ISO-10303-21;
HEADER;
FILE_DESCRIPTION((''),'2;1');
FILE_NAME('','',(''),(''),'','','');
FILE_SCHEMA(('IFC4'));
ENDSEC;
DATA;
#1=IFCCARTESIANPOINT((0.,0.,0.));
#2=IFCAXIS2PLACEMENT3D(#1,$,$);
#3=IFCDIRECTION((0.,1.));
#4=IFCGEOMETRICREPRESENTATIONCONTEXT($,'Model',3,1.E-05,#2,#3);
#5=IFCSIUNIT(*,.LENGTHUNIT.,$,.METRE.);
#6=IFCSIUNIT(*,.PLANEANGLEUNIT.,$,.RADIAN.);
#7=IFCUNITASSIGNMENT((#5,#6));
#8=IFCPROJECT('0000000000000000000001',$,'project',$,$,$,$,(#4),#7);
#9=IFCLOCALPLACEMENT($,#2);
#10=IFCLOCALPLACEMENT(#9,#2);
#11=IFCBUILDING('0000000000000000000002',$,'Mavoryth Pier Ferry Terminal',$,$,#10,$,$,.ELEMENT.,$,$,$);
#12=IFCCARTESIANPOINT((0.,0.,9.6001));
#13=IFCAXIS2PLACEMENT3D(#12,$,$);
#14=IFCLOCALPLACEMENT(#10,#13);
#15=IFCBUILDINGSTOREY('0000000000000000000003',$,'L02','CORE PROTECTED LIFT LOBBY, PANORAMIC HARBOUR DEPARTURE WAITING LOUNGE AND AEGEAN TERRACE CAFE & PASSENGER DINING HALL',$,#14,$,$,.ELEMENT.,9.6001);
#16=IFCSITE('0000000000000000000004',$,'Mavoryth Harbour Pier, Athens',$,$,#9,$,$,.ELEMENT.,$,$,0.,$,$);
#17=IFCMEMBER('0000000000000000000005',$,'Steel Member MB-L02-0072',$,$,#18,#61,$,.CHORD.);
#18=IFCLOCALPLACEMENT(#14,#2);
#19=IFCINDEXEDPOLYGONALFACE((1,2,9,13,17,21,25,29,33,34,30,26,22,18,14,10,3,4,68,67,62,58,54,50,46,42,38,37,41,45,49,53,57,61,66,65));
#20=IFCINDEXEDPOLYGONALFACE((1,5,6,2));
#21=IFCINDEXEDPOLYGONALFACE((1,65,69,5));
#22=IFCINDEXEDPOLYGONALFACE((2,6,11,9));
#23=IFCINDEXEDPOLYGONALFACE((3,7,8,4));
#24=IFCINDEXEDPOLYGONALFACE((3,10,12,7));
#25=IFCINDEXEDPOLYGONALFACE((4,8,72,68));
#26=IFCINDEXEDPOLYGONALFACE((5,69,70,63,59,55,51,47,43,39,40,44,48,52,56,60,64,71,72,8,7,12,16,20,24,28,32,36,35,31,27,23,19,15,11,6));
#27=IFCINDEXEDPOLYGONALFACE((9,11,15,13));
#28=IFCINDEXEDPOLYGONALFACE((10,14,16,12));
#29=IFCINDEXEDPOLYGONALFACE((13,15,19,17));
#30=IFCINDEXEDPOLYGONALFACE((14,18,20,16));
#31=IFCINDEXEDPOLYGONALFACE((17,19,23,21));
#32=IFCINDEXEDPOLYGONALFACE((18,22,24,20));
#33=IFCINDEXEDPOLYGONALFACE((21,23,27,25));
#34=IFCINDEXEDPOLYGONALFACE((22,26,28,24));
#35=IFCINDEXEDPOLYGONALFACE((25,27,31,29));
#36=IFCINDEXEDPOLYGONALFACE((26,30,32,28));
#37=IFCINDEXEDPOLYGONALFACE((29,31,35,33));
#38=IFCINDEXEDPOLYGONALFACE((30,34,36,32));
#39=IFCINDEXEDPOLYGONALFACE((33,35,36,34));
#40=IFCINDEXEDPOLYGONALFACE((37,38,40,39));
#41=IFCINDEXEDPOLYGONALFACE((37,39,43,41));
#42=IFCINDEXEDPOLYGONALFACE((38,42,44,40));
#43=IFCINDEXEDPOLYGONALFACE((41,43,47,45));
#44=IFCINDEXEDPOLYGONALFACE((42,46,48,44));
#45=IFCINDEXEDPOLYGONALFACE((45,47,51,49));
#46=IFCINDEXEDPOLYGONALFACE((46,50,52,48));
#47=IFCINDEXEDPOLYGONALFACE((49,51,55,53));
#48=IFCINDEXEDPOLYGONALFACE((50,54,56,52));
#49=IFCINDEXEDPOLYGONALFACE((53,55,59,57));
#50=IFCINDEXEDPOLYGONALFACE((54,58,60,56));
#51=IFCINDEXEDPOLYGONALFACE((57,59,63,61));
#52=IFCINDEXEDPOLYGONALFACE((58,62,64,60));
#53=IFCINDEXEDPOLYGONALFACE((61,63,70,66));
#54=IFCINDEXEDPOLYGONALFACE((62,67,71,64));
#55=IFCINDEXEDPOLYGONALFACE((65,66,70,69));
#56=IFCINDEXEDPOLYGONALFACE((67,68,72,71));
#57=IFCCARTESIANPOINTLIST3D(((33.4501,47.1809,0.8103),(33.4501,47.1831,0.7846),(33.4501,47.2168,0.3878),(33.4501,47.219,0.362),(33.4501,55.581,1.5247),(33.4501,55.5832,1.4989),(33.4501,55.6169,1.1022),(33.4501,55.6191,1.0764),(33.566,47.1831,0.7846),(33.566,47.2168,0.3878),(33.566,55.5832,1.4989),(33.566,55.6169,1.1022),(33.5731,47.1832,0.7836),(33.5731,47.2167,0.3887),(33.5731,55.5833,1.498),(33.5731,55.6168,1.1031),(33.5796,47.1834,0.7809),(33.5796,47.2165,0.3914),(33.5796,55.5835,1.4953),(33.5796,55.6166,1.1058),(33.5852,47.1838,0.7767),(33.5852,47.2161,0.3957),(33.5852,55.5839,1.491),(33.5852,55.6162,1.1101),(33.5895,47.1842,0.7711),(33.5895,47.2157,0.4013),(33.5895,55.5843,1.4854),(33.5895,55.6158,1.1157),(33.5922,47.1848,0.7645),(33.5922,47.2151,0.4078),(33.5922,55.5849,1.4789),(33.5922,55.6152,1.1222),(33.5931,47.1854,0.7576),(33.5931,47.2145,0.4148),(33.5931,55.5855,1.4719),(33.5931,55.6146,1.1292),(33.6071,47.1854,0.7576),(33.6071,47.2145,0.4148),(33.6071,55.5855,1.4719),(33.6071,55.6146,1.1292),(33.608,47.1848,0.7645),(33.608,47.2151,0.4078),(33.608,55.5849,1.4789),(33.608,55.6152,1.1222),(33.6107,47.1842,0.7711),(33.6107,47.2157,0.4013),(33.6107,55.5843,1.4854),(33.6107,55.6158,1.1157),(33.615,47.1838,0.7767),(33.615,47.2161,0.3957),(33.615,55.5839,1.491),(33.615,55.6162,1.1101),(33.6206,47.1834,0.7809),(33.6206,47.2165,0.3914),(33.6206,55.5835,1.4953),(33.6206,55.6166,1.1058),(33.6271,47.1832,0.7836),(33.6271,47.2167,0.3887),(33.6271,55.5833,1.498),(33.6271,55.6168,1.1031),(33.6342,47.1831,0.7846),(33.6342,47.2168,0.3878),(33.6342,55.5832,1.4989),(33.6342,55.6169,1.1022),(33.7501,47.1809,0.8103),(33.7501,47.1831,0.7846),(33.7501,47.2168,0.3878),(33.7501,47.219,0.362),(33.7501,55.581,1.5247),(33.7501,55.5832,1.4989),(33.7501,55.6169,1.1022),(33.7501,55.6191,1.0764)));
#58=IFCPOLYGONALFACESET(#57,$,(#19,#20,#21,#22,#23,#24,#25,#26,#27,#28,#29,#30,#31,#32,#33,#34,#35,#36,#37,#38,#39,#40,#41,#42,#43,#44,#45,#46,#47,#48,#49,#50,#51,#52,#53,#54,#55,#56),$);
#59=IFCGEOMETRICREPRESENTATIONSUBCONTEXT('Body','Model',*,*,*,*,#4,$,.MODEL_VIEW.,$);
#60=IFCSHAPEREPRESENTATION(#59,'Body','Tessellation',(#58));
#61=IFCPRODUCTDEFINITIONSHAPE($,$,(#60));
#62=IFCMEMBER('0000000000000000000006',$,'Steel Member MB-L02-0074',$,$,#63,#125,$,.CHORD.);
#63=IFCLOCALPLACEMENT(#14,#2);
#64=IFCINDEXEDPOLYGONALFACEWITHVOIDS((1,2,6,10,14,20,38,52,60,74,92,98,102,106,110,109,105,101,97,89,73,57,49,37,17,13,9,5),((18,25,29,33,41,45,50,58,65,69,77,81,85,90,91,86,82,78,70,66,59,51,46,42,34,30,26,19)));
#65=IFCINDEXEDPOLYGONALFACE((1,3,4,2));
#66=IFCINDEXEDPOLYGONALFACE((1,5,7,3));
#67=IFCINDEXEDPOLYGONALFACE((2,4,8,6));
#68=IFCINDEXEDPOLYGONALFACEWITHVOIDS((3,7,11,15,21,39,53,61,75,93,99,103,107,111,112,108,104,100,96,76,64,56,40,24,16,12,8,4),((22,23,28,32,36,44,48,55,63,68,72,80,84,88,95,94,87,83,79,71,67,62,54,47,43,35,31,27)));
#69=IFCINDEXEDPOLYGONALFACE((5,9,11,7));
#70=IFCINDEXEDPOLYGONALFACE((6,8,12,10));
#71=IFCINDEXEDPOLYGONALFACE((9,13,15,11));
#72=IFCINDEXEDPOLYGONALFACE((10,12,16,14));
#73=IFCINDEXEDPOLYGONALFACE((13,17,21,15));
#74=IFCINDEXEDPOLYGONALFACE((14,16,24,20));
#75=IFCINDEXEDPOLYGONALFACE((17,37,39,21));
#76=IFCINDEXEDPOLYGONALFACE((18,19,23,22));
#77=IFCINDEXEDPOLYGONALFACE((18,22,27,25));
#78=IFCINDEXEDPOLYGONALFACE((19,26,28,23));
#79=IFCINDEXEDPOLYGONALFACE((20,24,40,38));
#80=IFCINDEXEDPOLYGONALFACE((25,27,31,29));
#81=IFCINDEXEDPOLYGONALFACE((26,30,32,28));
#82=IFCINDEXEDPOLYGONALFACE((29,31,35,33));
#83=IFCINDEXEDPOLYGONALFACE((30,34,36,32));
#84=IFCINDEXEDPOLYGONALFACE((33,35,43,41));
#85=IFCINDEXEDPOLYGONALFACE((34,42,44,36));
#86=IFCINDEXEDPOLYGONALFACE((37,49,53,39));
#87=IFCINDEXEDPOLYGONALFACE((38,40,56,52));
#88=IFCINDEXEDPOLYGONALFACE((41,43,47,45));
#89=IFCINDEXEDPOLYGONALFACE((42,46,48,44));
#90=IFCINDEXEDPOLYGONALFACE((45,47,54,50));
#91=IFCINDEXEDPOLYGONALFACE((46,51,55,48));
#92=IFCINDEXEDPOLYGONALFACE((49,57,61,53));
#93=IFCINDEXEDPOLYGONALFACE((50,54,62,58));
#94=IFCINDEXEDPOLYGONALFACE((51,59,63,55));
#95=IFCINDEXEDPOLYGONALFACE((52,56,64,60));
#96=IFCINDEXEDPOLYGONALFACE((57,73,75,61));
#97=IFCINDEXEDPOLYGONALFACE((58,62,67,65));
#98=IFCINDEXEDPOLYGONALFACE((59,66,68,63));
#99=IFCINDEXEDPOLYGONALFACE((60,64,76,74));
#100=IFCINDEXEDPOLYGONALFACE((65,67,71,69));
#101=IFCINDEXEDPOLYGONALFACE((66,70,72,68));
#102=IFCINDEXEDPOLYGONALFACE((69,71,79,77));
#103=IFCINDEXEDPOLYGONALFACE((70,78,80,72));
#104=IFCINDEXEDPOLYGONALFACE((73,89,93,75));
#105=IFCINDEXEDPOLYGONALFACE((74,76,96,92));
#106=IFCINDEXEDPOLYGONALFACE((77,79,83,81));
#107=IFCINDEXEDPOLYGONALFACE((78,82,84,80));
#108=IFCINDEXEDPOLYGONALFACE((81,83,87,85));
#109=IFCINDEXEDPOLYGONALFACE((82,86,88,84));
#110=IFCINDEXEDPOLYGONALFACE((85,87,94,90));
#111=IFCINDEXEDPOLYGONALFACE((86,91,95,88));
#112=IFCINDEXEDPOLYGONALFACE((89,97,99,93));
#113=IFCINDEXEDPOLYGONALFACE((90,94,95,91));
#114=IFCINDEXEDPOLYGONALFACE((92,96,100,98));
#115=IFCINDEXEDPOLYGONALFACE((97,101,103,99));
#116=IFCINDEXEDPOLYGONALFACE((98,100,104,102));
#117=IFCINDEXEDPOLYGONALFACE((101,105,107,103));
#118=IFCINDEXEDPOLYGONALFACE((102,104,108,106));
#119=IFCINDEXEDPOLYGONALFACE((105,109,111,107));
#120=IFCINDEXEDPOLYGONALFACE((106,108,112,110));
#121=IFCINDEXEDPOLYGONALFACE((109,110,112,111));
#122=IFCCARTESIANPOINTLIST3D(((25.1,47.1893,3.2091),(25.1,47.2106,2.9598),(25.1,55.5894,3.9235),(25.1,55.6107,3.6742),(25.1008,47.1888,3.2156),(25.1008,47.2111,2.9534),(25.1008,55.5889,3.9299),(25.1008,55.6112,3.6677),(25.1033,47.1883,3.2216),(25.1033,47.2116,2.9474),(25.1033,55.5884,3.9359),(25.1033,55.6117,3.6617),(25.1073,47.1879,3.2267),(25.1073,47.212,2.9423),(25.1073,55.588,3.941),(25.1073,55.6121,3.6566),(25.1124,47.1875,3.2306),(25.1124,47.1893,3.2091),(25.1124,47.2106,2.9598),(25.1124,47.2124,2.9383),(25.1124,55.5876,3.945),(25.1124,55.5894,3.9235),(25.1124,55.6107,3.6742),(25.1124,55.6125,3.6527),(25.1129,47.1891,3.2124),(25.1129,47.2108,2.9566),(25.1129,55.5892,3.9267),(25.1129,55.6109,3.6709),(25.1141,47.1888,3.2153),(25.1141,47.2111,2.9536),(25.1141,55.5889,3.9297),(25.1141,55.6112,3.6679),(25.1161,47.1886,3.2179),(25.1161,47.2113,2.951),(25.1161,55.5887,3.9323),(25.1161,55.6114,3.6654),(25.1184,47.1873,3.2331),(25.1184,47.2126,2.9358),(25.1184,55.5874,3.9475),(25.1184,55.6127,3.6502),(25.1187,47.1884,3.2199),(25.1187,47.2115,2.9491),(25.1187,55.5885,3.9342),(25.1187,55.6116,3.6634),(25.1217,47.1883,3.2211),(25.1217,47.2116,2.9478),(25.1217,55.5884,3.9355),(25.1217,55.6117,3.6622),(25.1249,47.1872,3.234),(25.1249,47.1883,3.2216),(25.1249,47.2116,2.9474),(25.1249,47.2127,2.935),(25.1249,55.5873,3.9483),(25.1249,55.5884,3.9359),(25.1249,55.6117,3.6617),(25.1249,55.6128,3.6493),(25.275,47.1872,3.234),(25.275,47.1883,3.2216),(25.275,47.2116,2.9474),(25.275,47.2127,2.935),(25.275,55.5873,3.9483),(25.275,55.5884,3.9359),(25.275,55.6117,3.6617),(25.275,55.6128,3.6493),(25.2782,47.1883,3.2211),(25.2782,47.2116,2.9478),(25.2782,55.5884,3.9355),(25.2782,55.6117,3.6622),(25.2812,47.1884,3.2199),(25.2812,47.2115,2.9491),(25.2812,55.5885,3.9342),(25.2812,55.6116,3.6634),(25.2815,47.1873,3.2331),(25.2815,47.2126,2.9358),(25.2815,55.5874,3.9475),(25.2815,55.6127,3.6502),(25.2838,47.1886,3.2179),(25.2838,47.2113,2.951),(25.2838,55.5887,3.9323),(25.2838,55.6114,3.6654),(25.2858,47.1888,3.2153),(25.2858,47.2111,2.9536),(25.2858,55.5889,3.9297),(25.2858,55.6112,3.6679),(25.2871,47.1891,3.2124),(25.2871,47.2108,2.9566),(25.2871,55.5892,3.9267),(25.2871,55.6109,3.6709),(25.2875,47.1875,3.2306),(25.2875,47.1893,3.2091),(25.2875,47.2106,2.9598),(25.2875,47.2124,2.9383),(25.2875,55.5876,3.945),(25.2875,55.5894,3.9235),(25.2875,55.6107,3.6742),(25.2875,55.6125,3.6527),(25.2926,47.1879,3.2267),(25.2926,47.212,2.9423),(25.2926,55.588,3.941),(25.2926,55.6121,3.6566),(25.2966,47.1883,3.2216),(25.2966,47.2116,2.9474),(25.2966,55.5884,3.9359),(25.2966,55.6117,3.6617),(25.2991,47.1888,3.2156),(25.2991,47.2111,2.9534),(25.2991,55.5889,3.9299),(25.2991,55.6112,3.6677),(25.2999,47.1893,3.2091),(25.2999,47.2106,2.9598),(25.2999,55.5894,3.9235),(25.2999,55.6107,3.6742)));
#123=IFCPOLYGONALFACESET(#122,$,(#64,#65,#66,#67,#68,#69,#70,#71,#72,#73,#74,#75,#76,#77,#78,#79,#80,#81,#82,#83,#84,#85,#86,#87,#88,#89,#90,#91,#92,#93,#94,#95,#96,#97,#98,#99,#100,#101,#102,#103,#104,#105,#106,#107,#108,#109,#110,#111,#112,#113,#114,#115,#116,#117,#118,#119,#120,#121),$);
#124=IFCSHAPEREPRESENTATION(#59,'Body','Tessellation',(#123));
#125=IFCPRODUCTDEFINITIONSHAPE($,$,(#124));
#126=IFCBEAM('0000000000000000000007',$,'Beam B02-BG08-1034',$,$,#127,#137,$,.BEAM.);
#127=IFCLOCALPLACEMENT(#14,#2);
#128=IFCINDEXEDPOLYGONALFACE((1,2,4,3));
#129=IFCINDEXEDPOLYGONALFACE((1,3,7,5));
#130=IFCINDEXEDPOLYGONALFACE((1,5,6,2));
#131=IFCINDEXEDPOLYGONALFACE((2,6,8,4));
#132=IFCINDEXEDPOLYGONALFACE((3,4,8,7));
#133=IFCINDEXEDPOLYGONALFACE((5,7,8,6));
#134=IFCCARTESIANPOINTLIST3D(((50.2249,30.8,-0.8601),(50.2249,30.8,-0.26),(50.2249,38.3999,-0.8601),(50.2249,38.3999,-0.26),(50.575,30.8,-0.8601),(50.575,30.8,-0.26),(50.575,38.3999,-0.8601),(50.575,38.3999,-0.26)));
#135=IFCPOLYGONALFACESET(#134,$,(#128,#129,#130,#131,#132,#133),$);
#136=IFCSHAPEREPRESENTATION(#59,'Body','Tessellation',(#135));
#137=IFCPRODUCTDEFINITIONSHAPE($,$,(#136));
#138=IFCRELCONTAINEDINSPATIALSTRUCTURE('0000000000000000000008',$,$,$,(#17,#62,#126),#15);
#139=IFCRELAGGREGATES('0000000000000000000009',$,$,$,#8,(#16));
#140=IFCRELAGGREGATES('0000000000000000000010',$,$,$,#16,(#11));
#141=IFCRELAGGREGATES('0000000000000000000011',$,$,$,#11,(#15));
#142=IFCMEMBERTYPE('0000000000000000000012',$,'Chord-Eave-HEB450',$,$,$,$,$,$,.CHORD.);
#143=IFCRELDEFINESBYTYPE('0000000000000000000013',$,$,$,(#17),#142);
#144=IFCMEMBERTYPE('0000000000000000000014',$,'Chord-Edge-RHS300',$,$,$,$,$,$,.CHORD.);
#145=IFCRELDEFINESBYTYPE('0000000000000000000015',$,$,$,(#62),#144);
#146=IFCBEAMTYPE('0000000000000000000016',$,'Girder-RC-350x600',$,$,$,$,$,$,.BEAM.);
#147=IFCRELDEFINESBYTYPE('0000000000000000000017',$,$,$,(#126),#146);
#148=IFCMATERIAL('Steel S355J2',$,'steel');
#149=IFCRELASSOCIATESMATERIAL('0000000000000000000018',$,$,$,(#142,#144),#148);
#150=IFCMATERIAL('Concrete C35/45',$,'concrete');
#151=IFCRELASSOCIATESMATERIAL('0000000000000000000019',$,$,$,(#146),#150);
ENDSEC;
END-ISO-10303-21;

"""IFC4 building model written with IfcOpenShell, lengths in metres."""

from ifc_helpers import new_model, si_unit, direction, frame, origin, origin_2d, place, context, subcontext, project, spatial, rectangle, hollow_rectangle, i_section, extrude, material, material_profile, profile_set, type_object, element, save


model = new_model("IFC4")

# Units and contexts
model_context = context("Model", 3, precision=1e-05, world=origin(), true_north=direction((0.0, 1.0)))
body_context = subcontext(model_context, "Body", "Model", "MODEL_VIEW")
ifc_project = project(units=[si_unit("LENGTHUNIT", "METRE"), si_unit("PLANEANGLEUNIT", "RADIAN")], contexts=[model_context])

# Site, building, storey
site_placement = place(None, origin())
site = spatial("IfcSite", under=ifc_project, at=site_placement, Name="Mavoryth Harbour Pier, Athens", CompositionType="ELEMENT", RefElevation=0.0)
building_placement = place(site_placement, origin())
building = spatial("IfcBuilding", under=site, at=building_placement, Name="Mavoryth Pier Ferry Terminal", CompositionType="ELEMENT")
storey_placement = place(building_placement, frame((0.0, 0.0, 9.6001)))
storey = spatial("IfcBuildingStorey", under=building, at=storey_placement, Name="L02", Description="CORE PROTECTED LIFT LOBBY, PANORAMIC HARBOUR DEPARTURE WAITING LOUNGE AND AEGEAN TERRACE CAFE & PASSENGER DINING HALL", CompositionType="ELEMENT", Elevation=9.6001)

# Members
ifc_material_1 = material(Name="Steel S355J2", Category="steel")
ifc_material_profile_1 = material_profile(ifc_material_1, i_section(OverallWidth=0.3, OverallDepth=0.45, WebThickness=0.0139, FlangeThickness=0.0259, FilletRadius=0.0271, at=origin_2d()), Name="HEB 450", Category="steel")
ifc_profile_set_1 = profile_set([ifc_material_profile_1], Name="Steel S355J2 - HEB 450")
member_type_1 = type_object("IfcMemberType", Name="Chord-Eave-HEB450", PredefinedType="CHORD", material=ifc_profile_set_1)
member_1_placement = place(storey_placement, frame((33.6001, 47.2, 0.5862), z_axis=(0.0, 0.996404, 0.084735), x_axis=(-1.0, 0.0, 0.0)))
element("IfcMember", 1, at=member_1_placement, inside=storey, type_object=member_type_1, Name="Steel Member MB-L02-0072", PredefinedType="CHORD", context=body_context, shape_type="SweptSolid", body=[
    extrude(i_section(OverallWidth=0.3, OverallDepth=0.45, WebThickness=0.0139, FlangeThickness=0.0259, FilletRadius=0.0271, at=origin_2d()), origin(), (0.0, 0.0, 1.0), 8.4304),
])
ifc_material_profile_2 = material_profile(ifc_material_1, hollow_rectangle(XDim=0.2, YDim=0.3, WallThickness=0.0125, InnerFilletRadius=0.0125, OuterFilletRadius=0.0249, at=origin_2d()), Name="RHS 300x200x12.5", Category="steel")
ifc_profile_set_2 = profile_set([ifc_material_profile_2], Name="Steel S355J2 - RHS 300x200x12.5")
member_type_2 = type_object("IfcMemberType", Name="Chord-Edge-RHS300", PredefinedType="CHORD", material=ifc_profile_set_2)
member_2_placement = place(storey_placement, frame((25.2, 47.2, 3.0845), z_axis=(0.0, 0.996404, 0.084735), x_axis=(-1.0, 0.0, 0.0)))
element("IfcMember", 2, at=member_2_placement, inside=storey, type_object=member_type_2, Name="Steel Member MB-L02-0074", PredefinedType="CHORD", context=body_context, shape_type="SweptSolid", body=[
    extrude(hollow_rectangle(XDim=0.2, YDim=0.3, WallThickness=0.0125, InnerFilletRadius=0.0125, OuterFilletRadius=0.0249, at=origin_2d()), origin(), (0.0, 0.0, 1.0), 8.4304),
])

# Beam
ifc_material_2 = material(Name="Concrete C35/45", Category="concrete")
ifc_material_profile_3 = material_profile(ifc_material_2, rectangle(XDim=0.3501, YDim=0.6001, at=origin_2d()), Name="RC 350x600", Category="concrete")
ifc_profile_set_3 = profile_set([ifc_material_profile_3], Name="Concrete C35/45 - RC 350x600")
beam_type_1 = type_object("IfcBeamType", Name="Girder-RC-350x600", PredefinedType="BEAM", material=ifc_profile_set_3)
beam_1_placement = place(storey_placement, frame((50.3999, 30.8, -0.5601), z_axis=(0.0, 1.0, 0.0), x_axis=(-1.0, 0.0, 0.0)))
element("IfcBeam", 3, at=beam_1_placement, inside=storey, type_object=beam_type_1, Name="Beam B02-BG08-1034", PredefinedType="BEAM", context=body_context, shape_type="SweptSolid", body=[
    extrude(rectangle(XDim=0.3501, YDim=0.6001, at=origin_2d()), origin(), (0.0, 0.0, 1.0), 7.5999),
])

save(model, "model.ifc")
